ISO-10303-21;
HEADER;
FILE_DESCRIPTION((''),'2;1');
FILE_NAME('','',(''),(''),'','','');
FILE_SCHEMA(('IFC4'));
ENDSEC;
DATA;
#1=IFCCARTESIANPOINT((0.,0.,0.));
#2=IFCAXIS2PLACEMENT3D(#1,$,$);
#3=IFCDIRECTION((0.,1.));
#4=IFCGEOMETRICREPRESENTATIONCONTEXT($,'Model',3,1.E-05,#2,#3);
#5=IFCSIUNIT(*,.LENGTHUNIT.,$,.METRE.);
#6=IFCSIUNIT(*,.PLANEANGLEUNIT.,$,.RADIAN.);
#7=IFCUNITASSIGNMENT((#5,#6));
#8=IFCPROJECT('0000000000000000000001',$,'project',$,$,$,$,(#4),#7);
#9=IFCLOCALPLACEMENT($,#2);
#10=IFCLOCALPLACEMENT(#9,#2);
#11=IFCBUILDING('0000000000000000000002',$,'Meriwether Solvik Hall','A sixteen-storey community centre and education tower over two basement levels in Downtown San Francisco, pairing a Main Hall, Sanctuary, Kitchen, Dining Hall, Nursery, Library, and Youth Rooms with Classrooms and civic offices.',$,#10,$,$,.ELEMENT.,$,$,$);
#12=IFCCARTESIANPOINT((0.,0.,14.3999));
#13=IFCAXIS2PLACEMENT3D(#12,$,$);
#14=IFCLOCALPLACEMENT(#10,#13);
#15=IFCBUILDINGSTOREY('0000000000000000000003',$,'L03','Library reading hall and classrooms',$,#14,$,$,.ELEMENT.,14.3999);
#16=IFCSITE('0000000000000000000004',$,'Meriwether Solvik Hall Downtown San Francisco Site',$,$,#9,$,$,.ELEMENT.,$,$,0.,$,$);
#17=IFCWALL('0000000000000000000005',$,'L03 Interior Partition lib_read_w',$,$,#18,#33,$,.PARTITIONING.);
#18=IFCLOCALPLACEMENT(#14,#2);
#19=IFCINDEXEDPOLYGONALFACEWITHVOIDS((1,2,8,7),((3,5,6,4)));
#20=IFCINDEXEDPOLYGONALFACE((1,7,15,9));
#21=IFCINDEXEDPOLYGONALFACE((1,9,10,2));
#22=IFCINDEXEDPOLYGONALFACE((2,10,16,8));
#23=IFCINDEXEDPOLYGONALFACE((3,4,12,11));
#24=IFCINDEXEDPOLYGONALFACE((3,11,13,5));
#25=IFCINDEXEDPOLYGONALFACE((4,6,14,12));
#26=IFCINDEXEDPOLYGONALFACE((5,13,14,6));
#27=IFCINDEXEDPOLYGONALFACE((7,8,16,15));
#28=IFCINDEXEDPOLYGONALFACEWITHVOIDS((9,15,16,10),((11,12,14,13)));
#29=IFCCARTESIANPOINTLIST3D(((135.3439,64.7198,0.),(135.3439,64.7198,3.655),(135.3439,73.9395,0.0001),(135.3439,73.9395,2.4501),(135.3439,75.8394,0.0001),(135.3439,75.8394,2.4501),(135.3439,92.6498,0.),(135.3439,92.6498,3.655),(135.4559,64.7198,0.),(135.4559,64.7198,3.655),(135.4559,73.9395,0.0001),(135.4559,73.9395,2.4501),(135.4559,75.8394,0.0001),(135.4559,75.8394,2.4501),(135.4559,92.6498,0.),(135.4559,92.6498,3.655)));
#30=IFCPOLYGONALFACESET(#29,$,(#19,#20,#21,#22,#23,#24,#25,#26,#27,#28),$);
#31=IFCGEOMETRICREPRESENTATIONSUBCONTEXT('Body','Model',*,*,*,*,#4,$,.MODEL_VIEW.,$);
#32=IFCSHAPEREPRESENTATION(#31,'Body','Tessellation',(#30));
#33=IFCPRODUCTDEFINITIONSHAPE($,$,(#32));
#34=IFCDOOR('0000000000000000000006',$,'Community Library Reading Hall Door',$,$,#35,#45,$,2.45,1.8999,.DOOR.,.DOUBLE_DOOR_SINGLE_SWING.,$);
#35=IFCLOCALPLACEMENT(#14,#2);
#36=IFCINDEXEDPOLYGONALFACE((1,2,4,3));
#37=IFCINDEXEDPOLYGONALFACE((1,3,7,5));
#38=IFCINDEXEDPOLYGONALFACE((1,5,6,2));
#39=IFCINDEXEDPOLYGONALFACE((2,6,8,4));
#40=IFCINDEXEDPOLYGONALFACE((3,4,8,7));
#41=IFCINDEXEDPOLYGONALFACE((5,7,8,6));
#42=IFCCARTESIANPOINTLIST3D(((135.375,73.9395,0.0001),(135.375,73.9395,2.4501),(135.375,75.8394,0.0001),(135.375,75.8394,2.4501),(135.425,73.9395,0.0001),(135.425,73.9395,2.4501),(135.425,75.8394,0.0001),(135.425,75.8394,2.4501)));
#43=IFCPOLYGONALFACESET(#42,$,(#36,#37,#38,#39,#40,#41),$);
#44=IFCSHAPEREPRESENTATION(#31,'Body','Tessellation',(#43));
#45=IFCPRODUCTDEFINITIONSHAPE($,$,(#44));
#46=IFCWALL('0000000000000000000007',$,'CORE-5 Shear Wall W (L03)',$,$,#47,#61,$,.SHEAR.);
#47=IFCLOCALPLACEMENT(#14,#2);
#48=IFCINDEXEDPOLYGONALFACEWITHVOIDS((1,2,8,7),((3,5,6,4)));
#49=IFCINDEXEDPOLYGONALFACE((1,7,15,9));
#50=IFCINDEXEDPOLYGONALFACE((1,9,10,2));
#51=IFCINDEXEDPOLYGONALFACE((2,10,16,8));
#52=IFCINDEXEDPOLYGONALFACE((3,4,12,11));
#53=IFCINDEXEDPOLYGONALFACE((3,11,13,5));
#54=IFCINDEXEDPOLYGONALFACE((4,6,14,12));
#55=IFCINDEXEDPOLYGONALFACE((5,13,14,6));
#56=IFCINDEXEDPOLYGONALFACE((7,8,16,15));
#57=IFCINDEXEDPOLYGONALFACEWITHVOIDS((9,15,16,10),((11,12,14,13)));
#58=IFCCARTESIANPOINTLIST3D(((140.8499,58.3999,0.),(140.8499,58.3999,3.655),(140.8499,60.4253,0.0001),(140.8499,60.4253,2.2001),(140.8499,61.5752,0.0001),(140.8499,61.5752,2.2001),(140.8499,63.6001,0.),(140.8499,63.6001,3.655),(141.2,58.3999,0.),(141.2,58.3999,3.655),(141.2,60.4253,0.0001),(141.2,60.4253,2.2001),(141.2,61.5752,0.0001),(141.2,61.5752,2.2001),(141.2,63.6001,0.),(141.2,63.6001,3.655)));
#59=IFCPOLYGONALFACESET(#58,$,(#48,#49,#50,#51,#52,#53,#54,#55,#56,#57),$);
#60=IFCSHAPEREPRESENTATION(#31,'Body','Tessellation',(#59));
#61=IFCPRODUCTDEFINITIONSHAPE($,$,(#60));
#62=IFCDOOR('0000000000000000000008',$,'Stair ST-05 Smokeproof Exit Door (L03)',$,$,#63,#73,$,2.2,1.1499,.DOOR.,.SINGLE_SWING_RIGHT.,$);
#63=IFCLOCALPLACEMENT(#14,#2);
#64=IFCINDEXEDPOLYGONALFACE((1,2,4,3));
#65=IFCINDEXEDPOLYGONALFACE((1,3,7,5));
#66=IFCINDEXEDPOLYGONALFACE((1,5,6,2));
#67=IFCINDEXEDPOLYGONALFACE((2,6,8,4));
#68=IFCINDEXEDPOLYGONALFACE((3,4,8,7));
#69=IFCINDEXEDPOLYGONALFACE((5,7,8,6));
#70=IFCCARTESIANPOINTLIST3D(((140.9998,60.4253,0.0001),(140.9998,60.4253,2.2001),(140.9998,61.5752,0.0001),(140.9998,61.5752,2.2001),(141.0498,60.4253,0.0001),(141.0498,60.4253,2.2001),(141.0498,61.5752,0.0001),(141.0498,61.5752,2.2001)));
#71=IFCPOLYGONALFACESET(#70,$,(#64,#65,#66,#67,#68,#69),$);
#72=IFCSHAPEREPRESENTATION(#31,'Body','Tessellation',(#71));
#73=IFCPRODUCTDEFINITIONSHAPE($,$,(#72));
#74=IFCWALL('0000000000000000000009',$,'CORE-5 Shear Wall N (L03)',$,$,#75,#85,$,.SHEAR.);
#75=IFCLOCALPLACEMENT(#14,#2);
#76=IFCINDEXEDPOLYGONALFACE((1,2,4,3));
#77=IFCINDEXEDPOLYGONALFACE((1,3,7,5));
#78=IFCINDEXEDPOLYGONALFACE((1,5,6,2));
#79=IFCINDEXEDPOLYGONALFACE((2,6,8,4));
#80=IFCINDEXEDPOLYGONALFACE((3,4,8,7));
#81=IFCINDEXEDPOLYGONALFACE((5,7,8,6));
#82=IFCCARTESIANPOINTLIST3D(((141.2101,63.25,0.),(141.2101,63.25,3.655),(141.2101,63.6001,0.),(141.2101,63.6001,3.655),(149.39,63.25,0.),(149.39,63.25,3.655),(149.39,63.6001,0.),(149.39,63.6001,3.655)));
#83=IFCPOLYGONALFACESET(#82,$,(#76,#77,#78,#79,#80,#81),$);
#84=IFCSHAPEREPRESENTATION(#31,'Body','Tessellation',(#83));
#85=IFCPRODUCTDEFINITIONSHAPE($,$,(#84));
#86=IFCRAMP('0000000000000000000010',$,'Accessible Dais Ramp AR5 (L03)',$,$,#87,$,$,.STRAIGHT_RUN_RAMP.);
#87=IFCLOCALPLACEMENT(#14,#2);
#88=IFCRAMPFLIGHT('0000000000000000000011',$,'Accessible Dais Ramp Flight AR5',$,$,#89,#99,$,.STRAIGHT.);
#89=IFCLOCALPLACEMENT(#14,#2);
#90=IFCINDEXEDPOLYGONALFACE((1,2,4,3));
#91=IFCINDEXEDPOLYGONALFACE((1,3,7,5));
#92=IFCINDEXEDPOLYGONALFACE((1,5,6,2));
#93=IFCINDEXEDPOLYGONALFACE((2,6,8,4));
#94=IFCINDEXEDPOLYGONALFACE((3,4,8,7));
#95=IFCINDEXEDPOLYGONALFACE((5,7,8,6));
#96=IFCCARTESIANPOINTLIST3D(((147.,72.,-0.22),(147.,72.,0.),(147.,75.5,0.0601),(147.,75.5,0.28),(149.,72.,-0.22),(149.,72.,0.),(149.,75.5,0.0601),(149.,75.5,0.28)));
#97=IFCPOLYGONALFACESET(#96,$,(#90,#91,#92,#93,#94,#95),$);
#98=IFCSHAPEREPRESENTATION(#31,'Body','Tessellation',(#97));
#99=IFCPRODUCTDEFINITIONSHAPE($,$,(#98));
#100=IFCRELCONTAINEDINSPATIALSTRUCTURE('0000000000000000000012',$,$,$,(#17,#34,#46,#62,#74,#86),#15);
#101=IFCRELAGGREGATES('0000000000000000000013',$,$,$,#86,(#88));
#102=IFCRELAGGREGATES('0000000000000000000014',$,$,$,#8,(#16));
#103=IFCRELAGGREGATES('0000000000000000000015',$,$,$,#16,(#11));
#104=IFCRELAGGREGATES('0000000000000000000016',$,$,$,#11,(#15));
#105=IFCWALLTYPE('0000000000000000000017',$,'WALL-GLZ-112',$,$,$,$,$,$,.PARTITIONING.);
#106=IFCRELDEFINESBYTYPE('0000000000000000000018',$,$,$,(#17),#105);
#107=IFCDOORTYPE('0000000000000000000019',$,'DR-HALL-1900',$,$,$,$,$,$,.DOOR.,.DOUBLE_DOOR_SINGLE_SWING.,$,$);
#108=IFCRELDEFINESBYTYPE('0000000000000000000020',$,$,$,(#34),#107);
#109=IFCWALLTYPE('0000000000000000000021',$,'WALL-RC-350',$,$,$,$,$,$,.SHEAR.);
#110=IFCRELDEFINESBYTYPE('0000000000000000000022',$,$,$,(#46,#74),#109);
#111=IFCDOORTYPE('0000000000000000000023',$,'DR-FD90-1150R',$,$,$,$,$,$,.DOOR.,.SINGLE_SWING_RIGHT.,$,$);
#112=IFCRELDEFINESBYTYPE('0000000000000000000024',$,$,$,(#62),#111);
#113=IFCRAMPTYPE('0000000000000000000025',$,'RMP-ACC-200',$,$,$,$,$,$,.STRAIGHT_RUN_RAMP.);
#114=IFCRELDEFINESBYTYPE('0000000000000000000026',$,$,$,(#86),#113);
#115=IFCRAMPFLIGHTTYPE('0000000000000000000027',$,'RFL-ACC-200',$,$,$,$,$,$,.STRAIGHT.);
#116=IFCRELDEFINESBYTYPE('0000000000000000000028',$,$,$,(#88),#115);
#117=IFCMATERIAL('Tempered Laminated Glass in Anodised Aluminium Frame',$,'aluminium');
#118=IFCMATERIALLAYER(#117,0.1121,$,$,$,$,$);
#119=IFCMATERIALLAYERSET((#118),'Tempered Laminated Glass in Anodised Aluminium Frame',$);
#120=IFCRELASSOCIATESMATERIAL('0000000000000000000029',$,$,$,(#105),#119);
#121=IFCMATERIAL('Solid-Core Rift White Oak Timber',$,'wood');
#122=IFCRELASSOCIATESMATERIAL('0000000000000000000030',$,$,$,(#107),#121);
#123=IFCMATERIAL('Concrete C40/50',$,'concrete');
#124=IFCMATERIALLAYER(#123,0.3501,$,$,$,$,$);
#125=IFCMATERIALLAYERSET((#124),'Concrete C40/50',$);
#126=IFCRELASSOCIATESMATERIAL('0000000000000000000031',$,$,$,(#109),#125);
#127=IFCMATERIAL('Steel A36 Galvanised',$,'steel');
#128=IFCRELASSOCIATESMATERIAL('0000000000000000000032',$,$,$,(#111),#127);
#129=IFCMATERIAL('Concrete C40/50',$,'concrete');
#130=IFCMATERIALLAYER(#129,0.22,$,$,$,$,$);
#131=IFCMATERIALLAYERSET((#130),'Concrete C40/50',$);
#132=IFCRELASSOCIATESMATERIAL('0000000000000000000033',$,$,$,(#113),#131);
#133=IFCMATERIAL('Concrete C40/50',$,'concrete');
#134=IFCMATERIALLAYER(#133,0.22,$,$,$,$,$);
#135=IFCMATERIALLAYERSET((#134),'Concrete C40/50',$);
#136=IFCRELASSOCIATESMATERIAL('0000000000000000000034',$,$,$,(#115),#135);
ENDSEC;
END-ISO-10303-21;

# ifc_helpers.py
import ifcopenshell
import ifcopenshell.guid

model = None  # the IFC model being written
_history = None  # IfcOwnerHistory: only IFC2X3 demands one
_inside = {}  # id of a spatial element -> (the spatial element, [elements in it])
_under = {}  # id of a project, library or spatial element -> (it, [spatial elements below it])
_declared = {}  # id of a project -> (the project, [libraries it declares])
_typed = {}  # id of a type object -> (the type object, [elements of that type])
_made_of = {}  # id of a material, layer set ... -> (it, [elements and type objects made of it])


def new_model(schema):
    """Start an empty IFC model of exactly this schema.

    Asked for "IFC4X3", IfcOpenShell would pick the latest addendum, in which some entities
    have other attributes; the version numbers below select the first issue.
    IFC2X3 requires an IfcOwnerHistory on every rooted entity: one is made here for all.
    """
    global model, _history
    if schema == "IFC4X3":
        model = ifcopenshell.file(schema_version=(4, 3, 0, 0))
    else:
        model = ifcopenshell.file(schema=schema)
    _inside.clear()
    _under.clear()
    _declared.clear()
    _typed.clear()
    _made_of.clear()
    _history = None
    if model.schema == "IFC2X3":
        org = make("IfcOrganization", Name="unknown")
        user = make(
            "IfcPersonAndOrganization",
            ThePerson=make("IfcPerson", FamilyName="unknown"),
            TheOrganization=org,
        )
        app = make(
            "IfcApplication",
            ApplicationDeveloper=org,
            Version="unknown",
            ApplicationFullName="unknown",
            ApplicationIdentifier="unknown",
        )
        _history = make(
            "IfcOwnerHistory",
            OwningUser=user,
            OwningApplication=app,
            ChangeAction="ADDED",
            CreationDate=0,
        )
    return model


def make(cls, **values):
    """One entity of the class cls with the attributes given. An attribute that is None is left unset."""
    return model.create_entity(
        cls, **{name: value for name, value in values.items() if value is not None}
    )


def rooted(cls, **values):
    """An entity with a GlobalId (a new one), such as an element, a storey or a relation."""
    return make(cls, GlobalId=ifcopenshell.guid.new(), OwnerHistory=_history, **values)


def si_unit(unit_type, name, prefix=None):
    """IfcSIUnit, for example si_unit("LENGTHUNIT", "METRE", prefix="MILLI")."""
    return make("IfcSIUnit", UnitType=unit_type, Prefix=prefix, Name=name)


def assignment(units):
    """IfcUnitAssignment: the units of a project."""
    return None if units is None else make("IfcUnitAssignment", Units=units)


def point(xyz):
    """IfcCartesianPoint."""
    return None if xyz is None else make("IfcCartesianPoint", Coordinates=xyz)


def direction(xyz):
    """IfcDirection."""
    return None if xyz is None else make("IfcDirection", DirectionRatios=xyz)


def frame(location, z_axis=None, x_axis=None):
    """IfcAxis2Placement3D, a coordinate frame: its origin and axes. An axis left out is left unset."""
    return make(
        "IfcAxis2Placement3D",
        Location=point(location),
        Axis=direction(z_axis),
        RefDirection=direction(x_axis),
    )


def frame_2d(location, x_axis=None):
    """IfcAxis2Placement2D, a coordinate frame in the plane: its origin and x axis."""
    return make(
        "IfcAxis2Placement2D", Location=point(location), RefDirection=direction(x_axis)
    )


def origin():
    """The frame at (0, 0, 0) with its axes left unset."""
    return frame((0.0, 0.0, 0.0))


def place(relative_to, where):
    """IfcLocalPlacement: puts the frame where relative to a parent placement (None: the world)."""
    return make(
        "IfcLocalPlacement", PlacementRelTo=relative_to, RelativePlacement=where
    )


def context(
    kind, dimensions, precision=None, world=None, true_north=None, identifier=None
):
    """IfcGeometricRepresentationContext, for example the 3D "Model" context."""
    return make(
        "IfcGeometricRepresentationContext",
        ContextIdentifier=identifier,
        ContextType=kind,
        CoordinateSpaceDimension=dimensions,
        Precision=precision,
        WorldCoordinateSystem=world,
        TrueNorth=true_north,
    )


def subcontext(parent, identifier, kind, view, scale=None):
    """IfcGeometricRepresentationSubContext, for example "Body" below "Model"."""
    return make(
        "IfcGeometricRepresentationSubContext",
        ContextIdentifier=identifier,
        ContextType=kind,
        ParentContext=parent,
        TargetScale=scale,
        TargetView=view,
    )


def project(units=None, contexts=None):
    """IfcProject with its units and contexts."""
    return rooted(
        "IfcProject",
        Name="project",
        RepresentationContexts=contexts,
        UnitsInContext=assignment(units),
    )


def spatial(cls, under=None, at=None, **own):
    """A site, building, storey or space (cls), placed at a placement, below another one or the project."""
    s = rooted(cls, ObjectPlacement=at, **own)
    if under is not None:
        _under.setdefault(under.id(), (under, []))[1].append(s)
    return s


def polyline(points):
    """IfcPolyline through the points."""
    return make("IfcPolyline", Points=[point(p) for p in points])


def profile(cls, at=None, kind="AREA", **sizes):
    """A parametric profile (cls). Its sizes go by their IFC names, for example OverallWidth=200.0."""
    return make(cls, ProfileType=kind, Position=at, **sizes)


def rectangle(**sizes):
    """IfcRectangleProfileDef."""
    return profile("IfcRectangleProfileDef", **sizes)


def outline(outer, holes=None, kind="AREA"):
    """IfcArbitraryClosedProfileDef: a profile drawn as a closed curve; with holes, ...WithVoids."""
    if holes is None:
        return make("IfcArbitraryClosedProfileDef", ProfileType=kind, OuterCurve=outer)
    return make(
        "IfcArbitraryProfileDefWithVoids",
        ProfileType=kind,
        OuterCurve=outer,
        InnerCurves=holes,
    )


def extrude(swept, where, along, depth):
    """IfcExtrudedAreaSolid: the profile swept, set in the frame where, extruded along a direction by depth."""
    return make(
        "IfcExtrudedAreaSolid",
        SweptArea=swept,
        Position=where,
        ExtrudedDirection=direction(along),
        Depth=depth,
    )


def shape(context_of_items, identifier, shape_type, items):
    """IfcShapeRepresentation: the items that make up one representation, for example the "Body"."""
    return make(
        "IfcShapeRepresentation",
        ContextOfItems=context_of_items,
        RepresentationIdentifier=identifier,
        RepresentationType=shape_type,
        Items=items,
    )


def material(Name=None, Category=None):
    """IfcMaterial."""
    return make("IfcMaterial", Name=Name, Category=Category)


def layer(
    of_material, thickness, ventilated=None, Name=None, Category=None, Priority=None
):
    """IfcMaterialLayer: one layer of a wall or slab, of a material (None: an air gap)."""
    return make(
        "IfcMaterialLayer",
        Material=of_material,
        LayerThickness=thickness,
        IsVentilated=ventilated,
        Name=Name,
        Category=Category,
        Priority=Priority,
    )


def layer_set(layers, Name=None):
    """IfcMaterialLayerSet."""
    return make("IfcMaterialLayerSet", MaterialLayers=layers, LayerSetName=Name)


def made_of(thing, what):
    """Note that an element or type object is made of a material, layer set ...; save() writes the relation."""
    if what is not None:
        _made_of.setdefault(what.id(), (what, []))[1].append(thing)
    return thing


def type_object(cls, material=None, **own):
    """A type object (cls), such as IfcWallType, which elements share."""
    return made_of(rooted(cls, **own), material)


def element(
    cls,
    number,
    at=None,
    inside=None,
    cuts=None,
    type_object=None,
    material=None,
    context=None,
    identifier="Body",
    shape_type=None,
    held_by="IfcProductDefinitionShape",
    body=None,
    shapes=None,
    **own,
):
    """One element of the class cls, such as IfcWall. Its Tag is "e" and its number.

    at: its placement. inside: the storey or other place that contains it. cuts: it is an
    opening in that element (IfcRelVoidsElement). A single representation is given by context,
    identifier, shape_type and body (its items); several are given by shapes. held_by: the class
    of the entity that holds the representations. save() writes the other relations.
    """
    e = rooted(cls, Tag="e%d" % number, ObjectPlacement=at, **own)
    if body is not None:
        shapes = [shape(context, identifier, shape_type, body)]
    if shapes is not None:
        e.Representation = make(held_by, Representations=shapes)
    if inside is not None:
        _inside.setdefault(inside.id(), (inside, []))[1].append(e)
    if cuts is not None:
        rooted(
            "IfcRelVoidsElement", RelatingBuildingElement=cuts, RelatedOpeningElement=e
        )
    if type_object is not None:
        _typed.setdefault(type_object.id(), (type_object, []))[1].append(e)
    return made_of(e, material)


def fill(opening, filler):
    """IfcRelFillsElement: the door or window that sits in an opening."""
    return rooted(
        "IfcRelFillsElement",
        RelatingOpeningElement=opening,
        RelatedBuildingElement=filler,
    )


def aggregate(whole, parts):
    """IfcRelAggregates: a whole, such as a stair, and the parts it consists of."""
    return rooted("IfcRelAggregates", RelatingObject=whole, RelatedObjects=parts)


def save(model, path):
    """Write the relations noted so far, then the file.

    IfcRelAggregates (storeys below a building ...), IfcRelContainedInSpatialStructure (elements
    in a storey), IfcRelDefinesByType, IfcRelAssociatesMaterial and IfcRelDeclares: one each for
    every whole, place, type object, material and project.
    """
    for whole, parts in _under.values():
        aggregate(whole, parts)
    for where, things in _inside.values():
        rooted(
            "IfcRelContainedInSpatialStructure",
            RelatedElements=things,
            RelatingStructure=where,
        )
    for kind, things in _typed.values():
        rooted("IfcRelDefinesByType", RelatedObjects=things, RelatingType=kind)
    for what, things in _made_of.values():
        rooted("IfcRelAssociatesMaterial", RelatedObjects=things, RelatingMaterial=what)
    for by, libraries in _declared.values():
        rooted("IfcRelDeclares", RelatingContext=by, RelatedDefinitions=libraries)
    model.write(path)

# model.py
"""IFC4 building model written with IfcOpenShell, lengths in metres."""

from ifc_helpers import new_model, si_unit, direction, frame, frame_2d, origin, place, context, subcontext, project, spatial, polyline, rectangle, outline, extrude, material, layer, layer_set, type_object, element, fill, aggregate, save


model = new_model("IFC4")

# Units and contexts
model_context = context("Model", 3, precision=1e-05, world=origin(), true_north=direction((0.0, 1.0)))
body_context = subcontext(model_context, "Body", "Model", "MODEL_VIEW")
ifc_project = project(units=[si_unit("LENGTHUNIT", "METRE"), si_unit("PLANEANGLEUNIT", "RADIAN")], contexts=[model_context])

# Site, building, storey
site_placement = place(None, origin())
site = spatial("IfcSite", under=ifc_project, at=site_placement, Name="Meriwether Solvik Hall Downtown San Francisco Site", CompositionType="ELEMENT", RefElevation=0.0)
building_placement = place(site_placement, origin())
building = spatial("IfcBuilding", under=site, at=building_placement, Name="Meriwether Solvik Hall", Description="A sixteen-storey community centre and education tower over two basement levels in Downtown San Francisco, pairing a Main Hall, Sanctuary, Kitchen, Dining Hall, Nursery, Library, and Youth Rooms with Classrooms and civic offices.", CompositionType="ELEMENT")
storey_placement = place(building_placement, frame((0.0, 0.0, 14.3999)))
storey = spatial("IfcBuildingStorey", under=building, at=storey_placement, Name="L03", Description="Library reading hall and classrooms", CompositionType="ELEMENT", Elevation=14.3999)

# Shared definitions
ifc_material_1 = material(Name="Tempered Laminated Glass in Anodised Aluminium Frame", Category="aluminium")
ifc_layer_1 = layer(ifc_material_1, 0.1121)
ifc_layer_set_1 = layer_set([ifc_layer_1], Name="Tempered Laminated Glass in Anodised Aluminium Frame")
wall_type_1 = type_object("IfcWallType", Name="WALL-GLZ-112", PredefinedType="PARTITIONING", material=ifc_layer_set_1)

# Walls, openings, doors
wall_1_placement = place(storey_placement, frame((135.3999, 64.72, 0.0), z_axis=(0.0, 0.0, 1.0), x_axis=(0.0, 1.0, 0.0)))
wall_1 = element("IfcWall", 1, at=wall_1_placement, inside=storey, type_object=wall_type_1, Name="L03 Interior Partition lib_read_w", PredefinedType="PARTITIONING", context=body_context, shape_type="SweptSolid", body=[
    extrude(rectangle(XDim=27.9299, YDim=0.1121, at=frame_2d((13.9648, 0.0))), origin(), (0.0, 0.0, 1.0), 3.655),
])
opening_1_placement = place(wall_1_placement, frame((9.2195, 0.0, 0.0)))
opening_1 = element("IfcOpeningElement", 2, at=opening_1_placement, cuts=wall_1, PredefinedType="OPENING", context=body_context, shape_type="SweptSolid", body=[
    extrude(rectangle(XDim=1.8999, YDim=2.45, at=frame_2d((0.95, 1.2251))), frame((0.0, 0.0679, 0.0), z_axis=(0.0, -1.0, 0.0), x_axis=(1.0, 0.0, 0.0)), (0.0, 0.0, 1.0), 0.136),
])
ifc_material_2 = material(Name="Solid-Core Rift White Oak Timber", Category="wood")
door_type_1 = type_object("IfcDoorType", Name="DR-HALL-1900", OperationType="DOUBLE_DOOR_SINGLE_SWING", PredefinedType="DOOR", material=ifc_material_2)
door_1_placement = place(opening_1_placement, origin())
door_1 = element("IfcDoor", 3, at=door_1_placement, inside=storey, type_object=door_type_1, Name="Community Library Reading Hall Door", OperationType="DOUBLE_DOOR_SINGLE_SWING", OverallHeight=2.45, OverallWidth=1.8999, PredefinedType="DOOR", context=body_context, shape_type="SweptSolid", body=[
    extrude(rectangle(XDim=1.8999, YDim=2.45, at=frame_2d((0.95, 1.2251))), frame((0.0, 0.0249, 0.0), z_axis=(0.0, -1.0, 0.0), x_axis=(1.0, 0.0, 0.0)), (0.0, 0.0, 1.0), 0.05),
])
fill(opening_1, door_1)
ifc_material_3 = material(Name="Concrete C40/50", Category="concrete")
ifc_layer_2 = layer(ifc_material_3, 0.3501)
ifc_layer_set_2 = layer_set([ifc_layer_2], Name="Concrete C40/50")
wall_type_2 = type_object("IfcWallType", Name="WALL-RC-350", PredefinedType="SHEAR", material=ifc_layer_set_2)
wall_2_placement = place(storey_placement, frame((141.0249, 63.6001, 0.0), z_axis=(0.0, 0.0, 1.0), x_axis=(0.0, -1.0, 0.0)))
wall_2 = element("IfcWall", 4, at=wall_2_placement, inside=storey, type_object=wall_type_2, Name="CORE-5 Shear Wall W (L03)", PredefinedType="SHEAR", context=body_context, shape_type="SweptSolid", body=[
    extrude(rectangle(XDim=5.2002, YDim=0.3501, at=frame_2d((2.6001, 0.0))), origin(), (0.0, 0.0, 1.0), 3.655),
])
opening_2_placement = place(wall_2_placement, frame((2.0249, 0.0, 0.0)))
opening_2 = element("IfcOpeningElement", 5, at=opening_2_placement, cuts=wall_2, PredefinedType="OPENING", context=body_context, shape_type="SweptSolid", body=[
    extrude(rectangle(XDim=1.1499, YDim=2.2, at=frame_2d((0.575, 1.1001))), frame((0.0, 0.187, 0.0), z_axis=(0.0, -1.0, 0.0), x_axis=(1.0, 0.0, 0.0)), (0.0, 0.0, 1.0), 0.374),
])
ifc_material_4 = material(Name="Steel A36 Galvanised", Category="steel")
door_type_2 = type_object("IfcDoorType", Name="DR-FD90-1150R", OperationType="SINGLE_SWING_RIGHT", PredefinedType="DOOR", material=ifc_material_4)
door_2_placement = place(opening_2_placement, origin())
door_2 = element("IfcDoor", 6, at=door_2_placement, inside=storey, type_object=door_type_2, Name="Stair ST-05 Smokeproof Exit Door (L03)", OperationType="SINGLE_SWING_RIGHT", OverallHeight=2.2, OverallWidth=1.1499, PredefinedType="DOOR", context=body_context, shape_type="SweptSolid", body=[
    extrude(rectangle(XDim=1.1499, YDim=2.2, at=frame_2d((0.575, 1.1001))), frame((0.0, 0.0249, 0.0), z_axis=(0.0, -1.0, 0.0), x_axis=(1.0, 0.0, 0.0)), (0.0, 0.0, 1.0), 0.05),
])
fill(opening_2, door_2)

# Wall
wall_3_placement = place(storey_placement, frame((149.3899, 63.425, 0.0), z_axis=(0.0, 0.0, 1.0), x_axis=(-1.0, 0.0, 0.0)))
element("IfcWall", 7, at=wall_3_placement, inside=storey, type_object=wall_type_2, Name="CORE-5 Shear Wall N (L03)", PredefinedType="SHEAR", context=body_context, shape_type="SweptSolid", body=[
    extrude(rectangle(XDim=8.1799, YDim=0.3501, at=frame_2d((4.0898, 0.0))), origin(), (0.0, 0.0, 1.0), 3.655),
])

# Ramp, ramp flight
ifc_material_5 = material(Name="Concrete C40/50", Category="concrete")
ifc_layer_3 = layer(ifc_material_5, 0.22)
ifc_layer_set_3 = layer_set([ifc_layer_3], Name="Concrete C40/50")
ramp_type = type_object("IfcRampType", Name="RMP-ACC-200", PredefinedType="STRAIGHT_RUN_RAMP", material=ifc_layer_set_3)
ramp_placement = place(storey_placement, origin())
ramp = element("IfcRamp", 8, at=ramp_placement, inside=storey, type_object=ramp_type, Name="Accessible Dais Ramp AR5 (L03)", PredefinedType="STRAIGHT_RUN_RAMP")
ifc_material_6 = material(Name="Concrete C40/50", Category="concrete")
ifc_layer_4 = layer(ifc_material_6, 0.22)
ifc_layer_set_4 = layer_set([ifc_layer_4], Name="Concrete C40/50")
ramp_flight_type = type_object("IfcRampFlightType", Name="RFL-ACC-200", PredefinedType="STRAIGHT", material=ifc_layer_set_4)
ramp_flight_placement = place(storey_placement, frame((148.0, 72.0, 0.0), z_axis=(0.0, 0.0, 1.0), x_axis=(0.0, 1.0, 0.0)))
ramp_flight = element("IfcRampFlight", 9, at=ramp_flight_placement, type_object=ramp_flight_type, Name="Accessible Dais Ramp Flight AR5", PredefinedType="STRAIGHT", context=body_context, shape_type="SweptSolid", body=[
    extrude(outline(polyline([(0.0, 0.0), (3.5, 0.28), (3.5, 0.0601), (0.0, -0.22), (0.0, 0.0)])), frame((0.0, 1.0, 0.0), z_axis=(0.0, -1.0, 0.0), x_axis=(1.0, 0.0, 0.0)), (0.0, 0.0, 1.0), 2.0),
])
aggregate(ramp, [ramp_flight])

save(model, "model.ifc")
